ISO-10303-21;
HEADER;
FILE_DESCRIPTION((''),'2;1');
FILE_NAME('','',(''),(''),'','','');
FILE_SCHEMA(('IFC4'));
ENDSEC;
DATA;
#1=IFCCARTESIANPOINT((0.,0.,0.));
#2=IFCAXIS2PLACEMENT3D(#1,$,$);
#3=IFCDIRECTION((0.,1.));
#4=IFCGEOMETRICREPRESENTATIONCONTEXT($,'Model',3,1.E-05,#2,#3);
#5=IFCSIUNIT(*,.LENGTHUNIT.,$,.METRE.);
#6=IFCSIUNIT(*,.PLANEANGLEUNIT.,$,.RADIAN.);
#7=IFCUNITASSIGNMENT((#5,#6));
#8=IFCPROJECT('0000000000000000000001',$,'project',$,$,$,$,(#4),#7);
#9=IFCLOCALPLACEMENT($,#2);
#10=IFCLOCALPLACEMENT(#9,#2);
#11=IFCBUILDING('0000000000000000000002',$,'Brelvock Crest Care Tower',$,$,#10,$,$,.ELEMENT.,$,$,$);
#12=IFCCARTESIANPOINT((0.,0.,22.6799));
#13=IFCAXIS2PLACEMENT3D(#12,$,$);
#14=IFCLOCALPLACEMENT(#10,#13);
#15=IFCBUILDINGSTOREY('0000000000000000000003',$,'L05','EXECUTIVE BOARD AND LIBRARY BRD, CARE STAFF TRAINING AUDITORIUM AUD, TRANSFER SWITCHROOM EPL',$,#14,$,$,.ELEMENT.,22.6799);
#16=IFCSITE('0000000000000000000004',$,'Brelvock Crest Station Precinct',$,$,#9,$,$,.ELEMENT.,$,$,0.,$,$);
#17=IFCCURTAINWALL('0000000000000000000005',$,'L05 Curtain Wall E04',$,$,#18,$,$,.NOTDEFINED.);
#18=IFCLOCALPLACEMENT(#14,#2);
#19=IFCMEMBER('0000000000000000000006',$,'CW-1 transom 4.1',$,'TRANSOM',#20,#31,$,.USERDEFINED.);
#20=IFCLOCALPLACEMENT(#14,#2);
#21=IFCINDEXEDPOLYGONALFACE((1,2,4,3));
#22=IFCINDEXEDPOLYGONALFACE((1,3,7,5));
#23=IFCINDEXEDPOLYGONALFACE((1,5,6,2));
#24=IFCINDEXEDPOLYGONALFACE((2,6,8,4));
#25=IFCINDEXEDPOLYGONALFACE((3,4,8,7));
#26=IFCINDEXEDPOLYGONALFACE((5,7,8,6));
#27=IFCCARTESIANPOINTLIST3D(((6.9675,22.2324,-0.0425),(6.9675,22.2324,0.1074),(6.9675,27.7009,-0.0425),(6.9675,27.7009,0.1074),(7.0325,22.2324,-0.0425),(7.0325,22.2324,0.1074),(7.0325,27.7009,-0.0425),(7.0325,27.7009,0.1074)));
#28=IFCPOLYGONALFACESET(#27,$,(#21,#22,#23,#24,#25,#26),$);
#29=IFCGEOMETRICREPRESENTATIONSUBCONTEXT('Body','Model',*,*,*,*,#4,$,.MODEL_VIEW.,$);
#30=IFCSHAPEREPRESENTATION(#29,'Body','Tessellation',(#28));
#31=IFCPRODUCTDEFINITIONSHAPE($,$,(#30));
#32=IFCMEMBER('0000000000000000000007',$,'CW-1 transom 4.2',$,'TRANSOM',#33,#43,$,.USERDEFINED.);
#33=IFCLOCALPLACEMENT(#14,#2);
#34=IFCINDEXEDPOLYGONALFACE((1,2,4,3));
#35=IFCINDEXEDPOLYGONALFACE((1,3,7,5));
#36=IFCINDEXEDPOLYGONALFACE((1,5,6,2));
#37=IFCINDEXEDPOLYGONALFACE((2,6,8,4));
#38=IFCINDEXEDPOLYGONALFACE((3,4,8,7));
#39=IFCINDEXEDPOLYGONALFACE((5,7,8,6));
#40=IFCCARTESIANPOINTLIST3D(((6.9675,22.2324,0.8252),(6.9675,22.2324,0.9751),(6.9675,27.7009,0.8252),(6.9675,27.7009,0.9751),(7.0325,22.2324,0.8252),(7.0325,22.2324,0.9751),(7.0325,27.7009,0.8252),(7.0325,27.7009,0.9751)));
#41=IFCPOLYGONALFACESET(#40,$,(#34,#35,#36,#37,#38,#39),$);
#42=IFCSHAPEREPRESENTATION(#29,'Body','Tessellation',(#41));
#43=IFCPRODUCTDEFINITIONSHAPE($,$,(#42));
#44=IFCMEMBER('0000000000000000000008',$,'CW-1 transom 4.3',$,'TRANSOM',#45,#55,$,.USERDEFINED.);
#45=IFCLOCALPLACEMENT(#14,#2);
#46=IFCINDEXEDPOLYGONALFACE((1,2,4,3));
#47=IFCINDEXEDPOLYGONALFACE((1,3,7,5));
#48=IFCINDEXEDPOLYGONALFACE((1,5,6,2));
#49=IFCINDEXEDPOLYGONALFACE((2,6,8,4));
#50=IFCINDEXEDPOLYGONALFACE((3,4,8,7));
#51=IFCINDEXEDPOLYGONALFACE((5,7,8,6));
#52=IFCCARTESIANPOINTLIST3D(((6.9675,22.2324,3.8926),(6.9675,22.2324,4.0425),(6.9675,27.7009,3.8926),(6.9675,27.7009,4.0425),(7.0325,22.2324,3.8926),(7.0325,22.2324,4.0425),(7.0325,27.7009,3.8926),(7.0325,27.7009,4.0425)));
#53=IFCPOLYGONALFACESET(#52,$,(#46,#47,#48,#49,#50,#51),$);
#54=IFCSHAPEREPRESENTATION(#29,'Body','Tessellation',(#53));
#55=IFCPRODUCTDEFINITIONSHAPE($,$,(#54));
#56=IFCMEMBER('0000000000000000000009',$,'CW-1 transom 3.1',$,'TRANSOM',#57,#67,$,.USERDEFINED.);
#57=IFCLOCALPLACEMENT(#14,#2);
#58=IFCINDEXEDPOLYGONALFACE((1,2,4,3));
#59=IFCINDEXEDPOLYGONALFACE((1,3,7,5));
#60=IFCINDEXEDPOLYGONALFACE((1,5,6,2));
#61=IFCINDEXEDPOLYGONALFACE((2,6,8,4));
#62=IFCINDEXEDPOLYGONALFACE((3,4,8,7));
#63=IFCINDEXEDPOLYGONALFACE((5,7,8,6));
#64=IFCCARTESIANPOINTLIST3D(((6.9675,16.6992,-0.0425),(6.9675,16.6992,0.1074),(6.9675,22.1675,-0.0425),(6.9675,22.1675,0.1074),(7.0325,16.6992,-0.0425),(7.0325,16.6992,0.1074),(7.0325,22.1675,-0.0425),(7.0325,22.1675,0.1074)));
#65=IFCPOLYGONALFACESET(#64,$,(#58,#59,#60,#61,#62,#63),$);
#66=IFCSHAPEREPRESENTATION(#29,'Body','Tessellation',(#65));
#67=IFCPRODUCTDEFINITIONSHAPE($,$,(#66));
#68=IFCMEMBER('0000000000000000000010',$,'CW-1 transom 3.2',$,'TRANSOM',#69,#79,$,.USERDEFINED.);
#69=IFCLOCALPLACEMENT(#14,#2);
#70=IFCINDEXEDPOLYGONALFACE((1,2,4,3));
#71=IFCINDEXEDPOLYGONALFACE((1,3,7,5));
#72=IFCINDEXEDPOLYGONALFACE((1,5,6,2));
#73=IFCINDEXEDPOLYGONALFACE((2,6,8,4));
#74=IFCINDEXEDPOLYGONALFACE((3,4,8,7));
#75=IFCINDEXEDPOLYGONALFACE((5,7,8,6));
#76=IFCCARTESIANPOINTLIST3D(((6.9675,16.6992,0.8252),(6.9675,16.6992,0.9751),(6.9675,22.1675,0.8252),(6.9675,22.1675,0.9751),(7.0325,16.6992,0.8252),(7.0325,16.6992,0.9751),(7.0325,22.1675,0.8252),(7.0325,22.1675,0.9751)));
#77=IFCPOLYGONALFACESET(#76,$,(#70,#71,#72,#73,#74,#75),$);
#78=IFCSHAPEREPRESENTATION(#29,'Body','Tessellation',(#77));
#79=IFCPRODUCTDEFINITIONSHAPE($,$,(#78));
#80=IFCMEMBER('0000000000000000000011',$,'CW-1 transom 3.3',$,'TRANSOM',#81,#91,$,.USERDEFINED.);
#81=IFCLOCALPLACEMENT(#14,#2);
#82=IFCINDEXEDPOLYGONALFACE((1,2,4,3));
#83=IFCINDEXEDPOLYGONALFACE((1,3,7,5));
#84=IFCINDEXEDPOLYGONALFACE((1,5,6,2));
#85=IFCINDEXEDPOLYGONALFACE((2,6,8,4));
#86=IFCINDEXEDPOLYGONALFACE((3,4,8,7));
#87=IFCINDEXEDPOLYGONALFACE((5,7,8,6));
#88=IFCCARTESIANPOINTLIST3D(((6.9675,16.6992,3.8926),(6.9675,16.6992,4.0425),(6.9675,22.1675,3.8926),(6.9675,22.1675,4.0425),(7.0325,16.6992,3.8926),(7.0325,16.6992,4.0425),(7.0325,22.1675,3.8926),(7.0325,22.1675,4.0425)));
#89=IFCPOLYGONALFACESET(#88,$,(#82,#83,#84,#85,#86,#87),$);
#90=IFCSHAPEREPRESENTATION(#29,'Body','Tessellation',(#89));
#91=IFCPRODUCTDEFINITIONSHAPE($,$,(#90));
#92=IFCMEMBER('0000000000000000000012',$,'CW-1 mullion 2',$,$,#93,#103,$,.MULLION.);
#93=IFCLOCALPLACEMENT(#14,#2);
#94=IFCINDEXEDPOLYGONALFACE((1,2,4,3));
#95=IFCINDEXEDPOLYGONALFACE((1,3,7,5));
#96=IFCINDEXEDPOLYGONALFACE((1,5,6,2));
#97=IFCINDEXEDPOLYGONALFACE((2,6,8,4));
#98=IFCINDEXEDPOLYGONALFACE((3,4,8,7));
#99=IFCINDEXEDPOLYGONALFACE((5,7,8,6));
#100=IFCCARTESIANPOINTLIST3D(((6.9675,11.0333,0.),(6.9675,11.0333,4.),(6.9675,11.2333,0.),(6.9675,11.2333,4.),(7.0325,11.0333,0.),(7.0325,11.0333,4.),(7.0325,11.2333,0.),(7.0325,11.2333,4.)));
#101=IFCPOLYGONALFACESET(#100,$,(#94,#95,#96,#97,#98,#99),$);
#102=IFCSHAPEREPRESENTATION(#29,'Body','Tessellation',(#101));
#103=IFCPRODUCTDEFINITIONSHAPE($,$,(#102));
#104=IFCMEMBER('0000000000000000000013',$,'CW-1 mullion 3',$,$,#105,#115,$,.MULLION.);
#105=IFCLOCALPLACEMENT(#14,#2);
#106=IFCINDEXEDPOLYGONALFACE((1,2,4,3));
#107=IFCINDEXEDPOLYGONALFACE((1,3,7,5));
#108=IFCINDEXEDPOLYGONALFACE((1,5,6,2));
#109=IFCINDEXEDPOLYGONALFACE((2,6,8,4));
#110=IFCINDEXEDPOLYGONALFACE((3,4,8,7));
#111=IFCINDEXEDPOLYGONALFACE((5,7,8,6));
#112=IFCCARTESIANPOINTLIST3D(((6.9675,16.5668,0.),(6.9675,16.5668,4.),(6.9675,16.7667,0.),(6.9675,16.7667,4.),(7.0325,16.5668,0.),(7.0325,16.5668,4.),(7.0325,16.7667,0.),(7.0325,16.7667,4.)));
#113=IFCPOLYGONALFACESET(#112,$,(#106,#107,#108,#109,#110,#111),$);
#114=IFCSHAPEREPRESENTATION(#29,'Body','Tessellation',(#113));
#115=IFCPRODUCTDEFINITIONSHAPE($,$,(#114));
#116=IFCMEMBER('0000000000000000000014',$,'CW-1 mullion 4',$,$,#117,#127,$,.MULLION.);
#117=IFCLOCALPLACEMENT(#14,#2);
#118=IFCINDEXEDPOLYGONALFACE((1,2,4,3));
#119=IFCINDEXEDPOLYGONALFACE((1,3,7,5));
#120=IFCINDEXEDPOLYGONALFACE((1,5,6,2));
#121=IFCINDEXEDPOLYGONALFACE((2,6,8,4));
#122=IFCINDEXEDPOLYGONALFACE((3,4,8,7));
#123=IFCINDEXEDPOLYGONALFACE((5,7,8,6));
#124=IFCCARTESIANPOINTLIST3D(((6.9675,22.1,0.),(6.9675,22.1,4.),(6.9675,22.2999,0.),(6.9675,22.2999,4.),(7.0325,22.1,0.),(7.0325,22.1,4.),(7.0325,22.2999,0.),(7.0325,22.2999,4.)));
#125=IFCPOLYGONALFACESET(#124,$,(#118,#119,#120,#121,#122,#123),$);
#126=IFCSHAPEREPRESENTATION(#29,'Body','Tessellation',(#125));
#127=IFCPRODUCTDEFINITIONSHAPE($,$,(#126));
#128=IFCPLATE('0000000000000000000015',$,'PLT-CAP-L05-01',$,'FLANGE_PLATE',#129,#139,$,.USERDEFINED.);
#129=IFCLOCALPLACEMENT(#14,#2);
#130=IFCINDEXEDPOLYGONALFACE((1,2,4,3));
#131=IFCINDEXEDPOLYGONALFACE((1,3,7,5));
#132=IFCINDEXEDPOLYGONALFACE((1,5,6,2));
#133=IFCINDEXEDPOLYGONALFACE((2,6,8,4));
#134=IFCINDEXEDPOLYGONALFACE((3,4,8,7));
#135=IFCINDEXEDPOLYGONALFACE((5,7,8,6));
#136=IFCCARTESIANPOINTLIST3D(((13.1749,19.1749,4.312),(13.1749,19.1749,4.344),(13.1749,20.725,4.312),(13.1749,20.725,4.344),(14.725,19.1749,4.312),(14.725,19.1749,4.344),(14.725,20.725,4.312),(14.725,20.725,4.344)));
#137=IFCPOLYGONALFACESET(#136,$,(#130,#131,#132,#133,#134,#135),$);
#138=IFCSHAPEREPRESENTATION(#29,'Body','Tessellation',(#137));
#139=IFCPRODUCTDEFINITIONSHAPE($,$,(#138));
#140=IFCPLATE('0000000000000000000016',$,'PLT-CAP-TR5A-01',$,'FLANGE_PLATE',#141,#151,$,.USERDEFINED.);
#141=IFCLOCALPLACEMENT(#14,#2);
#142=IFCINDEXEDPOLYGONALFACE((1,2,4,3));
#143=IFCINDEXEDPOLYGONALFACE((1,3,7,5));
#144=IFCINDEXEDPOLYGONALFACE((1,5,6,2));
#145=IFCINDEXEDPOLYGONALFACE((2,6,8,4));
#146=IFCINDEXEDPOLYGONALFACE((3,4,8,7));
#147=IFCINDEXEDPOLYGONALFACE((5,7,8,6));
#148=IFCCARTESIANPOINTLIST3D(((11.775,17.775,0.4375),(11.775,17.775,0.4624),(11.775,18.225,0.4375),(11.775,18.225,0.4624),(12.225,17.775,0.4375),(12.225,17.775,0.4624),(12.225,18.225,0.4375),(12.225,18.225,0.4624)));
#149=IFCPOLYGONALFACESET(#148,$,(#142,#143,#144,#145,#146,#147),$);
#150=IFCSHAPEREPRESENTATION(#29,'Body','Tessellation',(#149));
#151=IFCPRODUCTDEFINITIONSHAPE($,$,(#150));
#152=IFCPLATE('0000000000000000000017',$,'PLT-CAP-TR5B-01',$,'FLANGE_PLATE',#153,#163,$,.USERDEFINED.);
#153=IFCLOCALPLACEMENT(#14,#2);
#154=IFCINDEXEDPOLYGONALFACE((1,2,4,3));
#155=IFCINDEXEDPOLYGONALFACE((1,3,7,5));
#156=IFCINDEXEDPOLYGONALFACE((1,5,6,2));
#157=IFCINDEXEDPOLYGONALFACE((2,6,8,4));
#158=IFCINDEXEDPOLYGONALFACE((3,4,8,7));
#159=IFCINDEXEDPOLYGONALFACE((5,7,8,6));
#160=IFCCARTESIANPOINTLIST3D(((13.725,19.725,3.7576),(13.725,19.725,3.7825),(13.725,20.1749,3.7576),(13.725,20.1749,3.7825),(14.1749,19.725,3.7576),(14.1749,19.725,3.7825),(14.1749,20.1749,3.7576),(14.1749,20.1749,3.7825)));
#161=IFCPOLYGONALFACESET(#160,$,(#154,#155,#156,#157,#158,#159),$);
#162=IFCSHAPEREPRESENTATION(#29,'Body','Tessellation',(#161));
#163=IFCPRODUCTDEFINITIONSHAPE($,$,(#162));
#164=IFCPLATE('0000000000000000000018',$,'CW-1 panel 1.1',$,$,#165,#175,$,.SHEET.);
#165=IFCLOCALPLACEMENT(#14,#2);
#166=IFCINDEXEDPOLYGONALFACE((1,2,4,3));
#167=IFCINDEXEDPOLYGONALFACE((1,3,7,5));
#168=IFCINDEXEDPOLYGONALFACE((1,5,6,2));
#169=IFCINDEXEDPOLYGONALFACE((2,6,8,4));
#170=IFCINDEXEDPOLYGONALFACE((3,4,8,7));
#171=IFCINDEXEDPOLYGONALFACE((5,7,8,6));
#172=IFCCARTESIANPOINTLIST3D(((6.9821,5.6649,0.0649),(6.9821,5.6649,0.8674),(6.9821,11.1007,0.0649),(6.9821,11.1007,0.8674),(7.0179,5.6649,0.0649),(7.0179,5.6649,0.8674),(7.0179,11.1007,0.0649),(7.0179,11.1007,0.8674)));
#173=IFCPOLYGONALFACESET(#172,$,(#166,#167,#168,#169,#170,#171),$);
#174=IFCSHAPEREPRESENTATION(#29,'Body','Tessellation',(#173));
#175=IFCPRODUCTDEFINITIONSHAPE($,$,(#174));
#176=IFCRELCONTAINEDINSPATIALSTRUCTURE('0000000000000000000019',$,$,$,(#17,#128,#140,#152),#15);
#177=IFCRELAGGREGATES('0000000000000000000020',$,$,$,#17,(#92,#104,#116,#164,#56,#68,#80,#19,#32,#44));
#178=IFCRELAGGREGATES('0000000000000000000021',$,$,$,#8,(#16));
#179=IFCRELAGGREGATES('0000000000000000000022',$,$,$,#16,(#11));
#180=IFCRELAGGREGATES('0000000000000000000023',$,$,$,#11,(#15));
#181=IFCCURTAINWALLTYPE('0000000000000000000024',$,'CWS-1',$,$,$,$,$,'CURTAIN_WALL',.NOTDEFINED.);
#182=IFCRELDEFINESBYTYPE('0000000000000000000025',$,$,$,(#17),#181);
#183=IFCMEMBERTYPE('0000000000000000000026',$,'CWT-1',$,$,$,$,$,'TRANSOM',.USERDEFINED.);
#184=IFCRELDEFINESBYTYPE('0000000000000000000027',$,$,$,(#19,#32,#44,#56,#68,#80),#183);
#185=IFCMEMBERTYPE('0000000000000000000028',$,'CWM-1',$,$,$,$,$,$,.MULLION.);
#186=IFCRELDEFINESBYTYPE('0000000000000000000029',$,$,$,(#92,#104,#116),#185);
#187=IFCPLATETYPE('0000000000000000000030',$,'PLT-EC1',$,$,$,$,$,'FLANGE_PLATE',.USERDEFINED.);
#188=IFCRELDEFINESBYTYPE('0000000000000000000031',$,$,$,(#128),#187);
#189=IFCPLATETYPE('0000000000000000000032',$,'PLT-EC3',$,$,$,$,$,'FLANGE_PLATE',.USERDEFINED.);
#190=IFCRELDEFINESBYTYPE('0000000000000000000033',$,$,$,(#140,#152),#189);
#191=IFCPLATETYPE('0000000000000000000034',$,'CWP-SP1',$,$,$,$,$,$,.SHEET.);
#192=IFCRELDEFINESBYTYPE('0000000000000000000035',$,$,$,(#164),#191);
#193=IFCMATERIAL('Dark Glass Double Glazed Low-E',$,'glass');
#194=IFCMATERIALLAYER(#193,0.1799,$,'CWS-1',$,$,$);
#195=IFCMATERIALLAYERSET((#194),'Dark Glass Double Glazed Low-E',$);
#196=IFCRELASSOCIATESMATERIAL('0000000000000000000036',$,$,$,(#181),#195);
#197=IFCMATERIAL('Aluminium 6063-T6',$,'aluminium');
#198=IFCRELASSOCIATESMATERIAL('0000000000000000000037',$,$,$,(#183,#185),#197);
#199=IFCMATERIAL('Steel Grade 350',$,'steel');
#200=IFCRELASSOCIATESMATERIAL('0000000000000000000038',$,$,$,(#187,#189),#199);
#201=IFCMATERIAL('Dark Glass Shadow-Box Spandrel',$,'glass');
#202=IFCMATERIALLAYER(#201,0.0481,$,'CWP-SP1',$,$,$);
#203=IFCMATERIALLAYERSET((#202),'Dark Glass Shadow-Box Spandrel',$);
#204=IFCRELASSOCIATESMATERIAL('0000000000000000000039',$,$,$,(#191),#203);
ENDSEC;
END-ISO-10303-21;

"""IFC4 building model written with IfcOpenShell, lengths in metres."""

from ifc_helpers import new_model, si_unit, direction, frame, origin, origin_2d, place, context, subcontext, project, spatial, rectangle, extrude, source, transform, mapped, material, layer, layer_set, material_profile, profile_set, type_object, element, aggregate, save


model = new_model("IFC4")

# Units and contexts
model_context = context("Model", 3, precision=1e-05, world=origin(), true_north=direction((0.0, 1.0)))
body_context = subcontext(model_context, "Body", "Model", "MODEL_VIEW")
ifc_project = project(units=[si_unit("LENGTHUNIT", "METRE"), si_unit("PLANEANGLEUNIT", "RADIAN")], contexts=[model_context])

# Site, building, storey
site_placement = place(None, origin())
site = spatial("IfcSite", under=ifc_project, at=site_placement, Name="Brelvock Crest Station Precinct", CompositionType="ELEMENT", RefElevation=0.0)
building_placement = place(site_placement, origin())
building = spatial("IfcBuilding", under=site, at=building_placement, Name="Brelvock Crest Care Tower", CompositionType="ELEMENT")
storey_placement = place(building_placement, frame((0.0, 0.0, 22.6799)))
storey = spatial("IfcBuildingStorey", under=building, at=storey_placement, Name="L05", Description="EXECUTIVE BOARD AND LIBRARY BRD, CARE STAFF TRAINING AUDITORIUM AUD, TRANSFER SWITCHROOM EPL", CompositionType="ELEMENT", Elevation=22.6799)

# Shared definitions
ifc_material_1 = material(Name="Steel Grade 350", Category="steel")

# Curtain wall, members
ifc_material_2 = material(Name="Dark Glass Double Glazed Low-E", Category="glass")
ifc_layer_1 = layer(ifc_material_2, 0.1799, Name="CWS-1")
ifc_layer_set_1 = layer_set([ifc_layer_1], Name="Dark Glass Double Glazed Low-E")
curtain_wall_type = type_object("IfcCurtainWallType", Name="CWS-1", ElementType="CURTAIN_WALL", PredefinedType="NOTDEFINED", material=ifc_layer_set_1)
curtain_wall_placement = place(storey_placement, origin())
curtain_wall = element("IfcCurtainWall", 1, at=curtain_wall_placement, inside=storey, type_object=curtain_wall_type, Name="L05 Curtain Wall E04", PredefinedType="NOTDEFINED")
ifc_material_3 = material(Name="Aluminium 6063-T6", Category="aluminium")
ifc_material_profile_1 = material_profile(ifc_material_3, rectangle(XDim=0.0649, YDim=0.1499, at=origin_2d()), Name="ALU65x150")
ifc_profile_set_1 = profile_set([ifc_material_profile_1], Name="Aluminium 6063-T6")
member_type_1 = type_object("IfcMemberType", Name="CWT-1", ElementType="TRANSOM", PredefinedType="USERDEFINED", material=ifc_profile_set_1)
shared_shape_1 = source(origin(), body_context, "Body", "SweptSolid", [
    extrude(rectangle(XDim=0.0649, YDim=0.1499, at=origin_2d()), origin(), (0.0, 0.0, 1.0), 5.4685),
])
member_1_placement = place(storey_placement, frame((7.0, 22.2324, 0.0325), z_axis=(0.0, 1.0, 0.0), x_axis=(-1.0, 0.0, 0.0)))
member_1 = element("IfcMember", 2, at=member_1_placement, type_object=member_type_1, Name="CW-1 transom 4.1", ObjectType="TRANSOM", PredefinedType="USERDEFINED", context=body_context, shape_type="MappedRepresentation", body=[
    mapped(shared_shape_1, transform((0.0, 0.0, 0.0), x_axis=(1.0, 0.0, 0.0), y_axis=(0.0, 1.0, 0.0), z_axis=(0.0, 0.0, 1.0), scale=1.0)),
])
member_2_placement = place(storey_placement, frame((7.0, 22.2324, 0.9001), z_axis=(0.0, 1.0, 0.0), x_axis=(-1.0, 0.0, 0.0)))
member_2 = element("IfcMember", 3, at=member_2_placement, type_object=member_type_1, Name="CW-1 transom 4.2", ObjectType="TRANSOM", PredefinedType="USERDEFINED", context=body_context, shape_type="MappedRepresentation", body=[
    mapped(shared_shape_1, transform((0.0, 0.0, 0.0), x_axis=(1.0, 0.0, 0.0), y_axis=(0.0, 1.0, 0.0), z_axis=(0.0, 0.0, 1.0), scale=1.0)),
])
member_3_placement = place(storey_placement, frame((7.0, 22.2324, 3.9675), z_axis=(0.0, 1.0, 0.0), x_axis=(-1.0, 0.0, 0.0)))
member_3 = element("IfcMember", 4, at=member_3_placement, type_object=member_type_1, Name="CW-1 transom 4.3", ObjectType="TRANSOM", PredefinedType="USERDEFINED", context=body_context, shape_type="MappedRepresentation", body=[
    mapped(shared_shape_1, transform((0.0, 0.0, 0.0), x_axis=(1.0, 0.0, 0.0), y_axis=(0.0, 1.0, 0.0), z_axis=(0.0, 0.0, 1.0), scale=1.0)),
])
shared_shape_2 = source(origin(), body_context, "Body", "SweptSolid", [
    extrude(rectangle(XDim=0.0649, YDim=0.1499, at=origin_2d()), origin(), (0.0, 0.0, 1.0), 5.4683),
])
member_4_placement = place(storey_placement, frame((7.0, 16.6992, 0.0325), z_axis=(0.0, 1.0, 0.0), x_axis=(-1.0, 0.0, 0.0)))
member_4 = element("IfcMember", 5, at=member_4_placement, type_object=member_type_1, Name="CW-1 transom 3.1", ObjectType="TRANSOM", PredefinedType="USERDEFINED", context=body_context, shape_type="MappedRepresentation", body=[
    mapped(shared_shape_2, transform((0.0, 0.0, 0.0), x_axis=(1.0, 0.0, 0.0), y_axis=(0.0, 1.0, 0.0), z_axis=(0.0, 0.0, 1.0), scale=1.0)),
])
member_5_placement = place(storey_placement, frame((7.0, 16.6992, 0.9001), z_axis=(0.0, 1.0, 0.0), x_axis=(-1.0, 0.0, 0.0)))
member_5 = element("IfcMember", 6, at=member_5_placement, type_object=member_type_1, Name="CW-1 transom 3.2", ObjectType="TRANSOM", PredefinedType="USERDEFINED", context=body_context, shape_type="MappedRepresentation", body=[
    mapped(shared_shape_2, transform((0.0, 0.0, 0.0), x_axis=(1.0, 0.0, 0.0), y_axis=(0.0, 1.0, 0.0), z_axis=(0.0, 0.0, 1.0), scale=1.0)),
])
member_6_placement = place(storey_placement, frame((7.0, 16.6992, 3.9675), z_axis=(0.0, 1.0, 0.0), x_axis=(-1.0, 0.0, 0.0)))
member_6 = element("IfcMember", 7, at=member_6_placement, type_object=member_type_1, Name="CW-1 transom 3.3", ObjectType="TRANSOM", PredefinedType="USERDEFINED", context=body_context, shape_type="MappedRepresentation", body=[
    mapped(shared_shape_2, transform((0.0, 0.0, 0.0), x_axis=(1.0, 0.0, 0.0), y_axis=(0.0, 1.0, 0.0), z_axis=(0.0, 0.0, 1.0), scale=1.0)),
])
ifc_material_profile_2 = material_profile(ifc_material_3, rectangle(XDim=0.0649, YDim=0.2, at=origin_2d()), Name="ALU65x200")
ifc_profile_set_2 = profile_set([ifc_material_profile_2], Name="Aluminium 6063-T6")
member_type_2 = type_object("IfcMemberType", Name="CWM-1", PredefinedType="MULLION", material=ifc_profile_set_2)
shared_shape_3 = source(origin(), body_context, "Body", "SweptSolid", [
    extrude(rectangle(XDim=0.0649, YDim=0.2, at=origin_2d()), origin(), (0.0, 0.0, 1.0), 4.0),
])
member_7_placement = place(storey_placement, frame((7.0, 11.1333, 0.0), z_axis=(0.0, 0.0, 1.0), x_axis=(-1.0, 0.0, 0.0)))
member_7 = element("IfcMember", 8, at=member_7_placement, type_object=member_type_2, Name="CW-1 mullion 2", PredefinedType="MULLION", context=body_context, shape_type="MappedRepresentation", body=[
    mapped(shared_shape_3, transform((0.0, 0.0, 0.0), x_axis=(1.0, 0.0, 0.0), y_axis=(0.0, 1.0, 0.0), z_axis=(0.0, 0.0, 1.0), scale=1.0)),
])
member_8_placement = place(storey_placement, frame((7.0, 16.6667, 0.0), z_axis=(0.0, 0.0, 1.0), x_axis=(-1.0, 0.0, 0.0)))
member_8 = element("IfcMember", 9, at=member_8_placement, type_object=member_type_2, Name="CW-1 mullion 3", PredefinedType="MULLION", context=body_context, shape_type="MappedRepresentation", body=[
    mapped(shared_shape_3, transform((0.0, 0.0, 0.0), x_axis=(1.0, 0.0, 0.0), y_axis=(0.0, 1.0, 0.0), z_axis=(0.0, 0.0, 1.0), scale=1.0)),
])
member_9_placement = place(storey_placement, frame((7.0, 22.2, 0.0), z_axis=(0.0, 0.0, 1.0), x_axis=(-1.0, 0.0, 0.0)))
member_9 = element("IfcMember", 10, at=member_9_placement, type_object=member_type_2, Name="CW-1 mullion 4", PredefinedType="MULLION", context=body_context, shape_type="MappedRepresentation", body=[
    mapped(shared_shape_3, transform((0.0, 0.0, 0.0), x_axis=(1.0, 0.0, 0.0), y_axis=(0.0, 1.0, 0.0), z_axis=(0.0, 0.0, 1.0), scale=1.0)),
])

# Plates
plate_type_1 = type_object("IfcPlateType", Name="PLT-EC1", ElementType="FLANGE_PLATE", PredefinedType="USERDEFINED", material=ifc_material_1)
shared_shape_4 = source(origin(), body_context, "Body", "SweptSolid", [
    extrude(rectangle(XDim=1.55, YDim=1.55, at=origin_2d()), origin(), (0.0, 0.0, 1.0), 0.032),
])
plate_1_placement = place(storey_placement, frame((13.95, 19.95, 4.312), z_axis=(0.0, 0.0, 1.0), x_axis=(1.0, 0.0, 0.0)))
element("IfcPlate", 11, at=plate_1_placement, inside=storey, type_object=plate_type_1, Name="PLT-CAP-L05-01", ObjectType="FLANGE_PLATE", PredefinedType="USERDEFINED", context=body_context, shape_type="MappedRepresentation", body=[
    mapped(shared_shape_4, transform((0.0, 0.0, 0.0), x_axis=(1.0, 0.0, 0.0), y_axis=(0.0, 1.0, 0.0), z_axis=(0.0, 0.0, 1.0), scale=1.0)),
])
plate_type_2 = type_object("IfcPlateType", Name="PLT-EC3", ElementType="FLANGE_PLATE", PredefinedType="USERDEFINED", material=ifc_material_1)
shared_shape_5 = source(origin(), body_context, "Body", "SweptSolid", [
    extrude(rectangle(XDim=0.45, YDim=0.45, at=origin_2d()), origin(), (0.0, 0.0, 1.0), 0.0249),
])
for number, where, z_axis, x_axis, name in (
    (12, (12.0, 18.0, 0.4375), (0.0, 0.0, 1.0), (1.0, 0.0, 0.0), "PLT-CAP-TR5A-01"),
    (13, (13.95, 19.95, 3.7576), (0.0, 0.0, 1.0), (1.0, 0.0, 0.0), "PLT-CAP-TR5B-01"),
):
    element("IfcPlate", number, at=place(storey_placement, frame(where, z_axis=z_axis, x_axis=x_axis)), inside=storey, type_object=plate_type_2, Name=name, ObjectType="FLANGE_PLATE", PredefinedType="USERDEFINED", context=body_context, shape_type="MappedRepresentation", body=[
        mapped(shared_shape_5, transform((0.0, 0.0, 0.0), x_axis=(1.0, 0.0, 0.0), y_axis=(0.0, 1.0, 0.0), z_axis=(0.0, 0.0, 1.0), scale=1.0)),
    ])

# Plate
ifc_material_4 = material(Name="Dark Glass Shadow-Box Spandrel", Category="glass")
ifc_layer_2 = layer(ifc_material_4, 0.0481, Name="CWP-SP1")
ifc_layer_set_2 = layer_set([ifc_layer_2], Name="Dark Glass Shadow-Box Spandrel")
plate_type_3 = type_object("IfcPlateType", Name="CWP-SP1", PredefinedType="SHEET", material=ifc_layer_set_2)
shared_shape_6 = source(origin(), body_context, "Body", "SweptSolid", [
    extrude(rectangle(XDim=5.4358, YDim=0.0359, at=origin_2d()), origin(), (0.0, 0.0, 1.0), 0.8025),
])
plate_2_placement = place(storey_placement, frame((7.0, 8.3828, 0.0649), z_axis=(0.0, 0.0, 1.0), x_axis=(0.0, 1.0, 0.0)))
plate_2 = element("IfcPlate", 14, at=plate_2_placement, type_object=plate_type_3, Name="CW-1 panel 1.1", PredefinedType="SHEET", context=body_context, shape_type="MappedRepresentation", body=[
    mapped(shared_shape_6, transform((0.0, 0.0, 0.0), x_axis=(1.0, 0.0, 0.0), y_axis=(0.0, 1.0, 0.0), z_axis=(0.0, 0.0, 1.0), scale=1.0)),
])
aggregate(curtain_wall, [member_7, member_8, member_9, plate_2, member_4, member_5, member_6, member_1, member_2, member_3])

save(model, "model.ifc")
